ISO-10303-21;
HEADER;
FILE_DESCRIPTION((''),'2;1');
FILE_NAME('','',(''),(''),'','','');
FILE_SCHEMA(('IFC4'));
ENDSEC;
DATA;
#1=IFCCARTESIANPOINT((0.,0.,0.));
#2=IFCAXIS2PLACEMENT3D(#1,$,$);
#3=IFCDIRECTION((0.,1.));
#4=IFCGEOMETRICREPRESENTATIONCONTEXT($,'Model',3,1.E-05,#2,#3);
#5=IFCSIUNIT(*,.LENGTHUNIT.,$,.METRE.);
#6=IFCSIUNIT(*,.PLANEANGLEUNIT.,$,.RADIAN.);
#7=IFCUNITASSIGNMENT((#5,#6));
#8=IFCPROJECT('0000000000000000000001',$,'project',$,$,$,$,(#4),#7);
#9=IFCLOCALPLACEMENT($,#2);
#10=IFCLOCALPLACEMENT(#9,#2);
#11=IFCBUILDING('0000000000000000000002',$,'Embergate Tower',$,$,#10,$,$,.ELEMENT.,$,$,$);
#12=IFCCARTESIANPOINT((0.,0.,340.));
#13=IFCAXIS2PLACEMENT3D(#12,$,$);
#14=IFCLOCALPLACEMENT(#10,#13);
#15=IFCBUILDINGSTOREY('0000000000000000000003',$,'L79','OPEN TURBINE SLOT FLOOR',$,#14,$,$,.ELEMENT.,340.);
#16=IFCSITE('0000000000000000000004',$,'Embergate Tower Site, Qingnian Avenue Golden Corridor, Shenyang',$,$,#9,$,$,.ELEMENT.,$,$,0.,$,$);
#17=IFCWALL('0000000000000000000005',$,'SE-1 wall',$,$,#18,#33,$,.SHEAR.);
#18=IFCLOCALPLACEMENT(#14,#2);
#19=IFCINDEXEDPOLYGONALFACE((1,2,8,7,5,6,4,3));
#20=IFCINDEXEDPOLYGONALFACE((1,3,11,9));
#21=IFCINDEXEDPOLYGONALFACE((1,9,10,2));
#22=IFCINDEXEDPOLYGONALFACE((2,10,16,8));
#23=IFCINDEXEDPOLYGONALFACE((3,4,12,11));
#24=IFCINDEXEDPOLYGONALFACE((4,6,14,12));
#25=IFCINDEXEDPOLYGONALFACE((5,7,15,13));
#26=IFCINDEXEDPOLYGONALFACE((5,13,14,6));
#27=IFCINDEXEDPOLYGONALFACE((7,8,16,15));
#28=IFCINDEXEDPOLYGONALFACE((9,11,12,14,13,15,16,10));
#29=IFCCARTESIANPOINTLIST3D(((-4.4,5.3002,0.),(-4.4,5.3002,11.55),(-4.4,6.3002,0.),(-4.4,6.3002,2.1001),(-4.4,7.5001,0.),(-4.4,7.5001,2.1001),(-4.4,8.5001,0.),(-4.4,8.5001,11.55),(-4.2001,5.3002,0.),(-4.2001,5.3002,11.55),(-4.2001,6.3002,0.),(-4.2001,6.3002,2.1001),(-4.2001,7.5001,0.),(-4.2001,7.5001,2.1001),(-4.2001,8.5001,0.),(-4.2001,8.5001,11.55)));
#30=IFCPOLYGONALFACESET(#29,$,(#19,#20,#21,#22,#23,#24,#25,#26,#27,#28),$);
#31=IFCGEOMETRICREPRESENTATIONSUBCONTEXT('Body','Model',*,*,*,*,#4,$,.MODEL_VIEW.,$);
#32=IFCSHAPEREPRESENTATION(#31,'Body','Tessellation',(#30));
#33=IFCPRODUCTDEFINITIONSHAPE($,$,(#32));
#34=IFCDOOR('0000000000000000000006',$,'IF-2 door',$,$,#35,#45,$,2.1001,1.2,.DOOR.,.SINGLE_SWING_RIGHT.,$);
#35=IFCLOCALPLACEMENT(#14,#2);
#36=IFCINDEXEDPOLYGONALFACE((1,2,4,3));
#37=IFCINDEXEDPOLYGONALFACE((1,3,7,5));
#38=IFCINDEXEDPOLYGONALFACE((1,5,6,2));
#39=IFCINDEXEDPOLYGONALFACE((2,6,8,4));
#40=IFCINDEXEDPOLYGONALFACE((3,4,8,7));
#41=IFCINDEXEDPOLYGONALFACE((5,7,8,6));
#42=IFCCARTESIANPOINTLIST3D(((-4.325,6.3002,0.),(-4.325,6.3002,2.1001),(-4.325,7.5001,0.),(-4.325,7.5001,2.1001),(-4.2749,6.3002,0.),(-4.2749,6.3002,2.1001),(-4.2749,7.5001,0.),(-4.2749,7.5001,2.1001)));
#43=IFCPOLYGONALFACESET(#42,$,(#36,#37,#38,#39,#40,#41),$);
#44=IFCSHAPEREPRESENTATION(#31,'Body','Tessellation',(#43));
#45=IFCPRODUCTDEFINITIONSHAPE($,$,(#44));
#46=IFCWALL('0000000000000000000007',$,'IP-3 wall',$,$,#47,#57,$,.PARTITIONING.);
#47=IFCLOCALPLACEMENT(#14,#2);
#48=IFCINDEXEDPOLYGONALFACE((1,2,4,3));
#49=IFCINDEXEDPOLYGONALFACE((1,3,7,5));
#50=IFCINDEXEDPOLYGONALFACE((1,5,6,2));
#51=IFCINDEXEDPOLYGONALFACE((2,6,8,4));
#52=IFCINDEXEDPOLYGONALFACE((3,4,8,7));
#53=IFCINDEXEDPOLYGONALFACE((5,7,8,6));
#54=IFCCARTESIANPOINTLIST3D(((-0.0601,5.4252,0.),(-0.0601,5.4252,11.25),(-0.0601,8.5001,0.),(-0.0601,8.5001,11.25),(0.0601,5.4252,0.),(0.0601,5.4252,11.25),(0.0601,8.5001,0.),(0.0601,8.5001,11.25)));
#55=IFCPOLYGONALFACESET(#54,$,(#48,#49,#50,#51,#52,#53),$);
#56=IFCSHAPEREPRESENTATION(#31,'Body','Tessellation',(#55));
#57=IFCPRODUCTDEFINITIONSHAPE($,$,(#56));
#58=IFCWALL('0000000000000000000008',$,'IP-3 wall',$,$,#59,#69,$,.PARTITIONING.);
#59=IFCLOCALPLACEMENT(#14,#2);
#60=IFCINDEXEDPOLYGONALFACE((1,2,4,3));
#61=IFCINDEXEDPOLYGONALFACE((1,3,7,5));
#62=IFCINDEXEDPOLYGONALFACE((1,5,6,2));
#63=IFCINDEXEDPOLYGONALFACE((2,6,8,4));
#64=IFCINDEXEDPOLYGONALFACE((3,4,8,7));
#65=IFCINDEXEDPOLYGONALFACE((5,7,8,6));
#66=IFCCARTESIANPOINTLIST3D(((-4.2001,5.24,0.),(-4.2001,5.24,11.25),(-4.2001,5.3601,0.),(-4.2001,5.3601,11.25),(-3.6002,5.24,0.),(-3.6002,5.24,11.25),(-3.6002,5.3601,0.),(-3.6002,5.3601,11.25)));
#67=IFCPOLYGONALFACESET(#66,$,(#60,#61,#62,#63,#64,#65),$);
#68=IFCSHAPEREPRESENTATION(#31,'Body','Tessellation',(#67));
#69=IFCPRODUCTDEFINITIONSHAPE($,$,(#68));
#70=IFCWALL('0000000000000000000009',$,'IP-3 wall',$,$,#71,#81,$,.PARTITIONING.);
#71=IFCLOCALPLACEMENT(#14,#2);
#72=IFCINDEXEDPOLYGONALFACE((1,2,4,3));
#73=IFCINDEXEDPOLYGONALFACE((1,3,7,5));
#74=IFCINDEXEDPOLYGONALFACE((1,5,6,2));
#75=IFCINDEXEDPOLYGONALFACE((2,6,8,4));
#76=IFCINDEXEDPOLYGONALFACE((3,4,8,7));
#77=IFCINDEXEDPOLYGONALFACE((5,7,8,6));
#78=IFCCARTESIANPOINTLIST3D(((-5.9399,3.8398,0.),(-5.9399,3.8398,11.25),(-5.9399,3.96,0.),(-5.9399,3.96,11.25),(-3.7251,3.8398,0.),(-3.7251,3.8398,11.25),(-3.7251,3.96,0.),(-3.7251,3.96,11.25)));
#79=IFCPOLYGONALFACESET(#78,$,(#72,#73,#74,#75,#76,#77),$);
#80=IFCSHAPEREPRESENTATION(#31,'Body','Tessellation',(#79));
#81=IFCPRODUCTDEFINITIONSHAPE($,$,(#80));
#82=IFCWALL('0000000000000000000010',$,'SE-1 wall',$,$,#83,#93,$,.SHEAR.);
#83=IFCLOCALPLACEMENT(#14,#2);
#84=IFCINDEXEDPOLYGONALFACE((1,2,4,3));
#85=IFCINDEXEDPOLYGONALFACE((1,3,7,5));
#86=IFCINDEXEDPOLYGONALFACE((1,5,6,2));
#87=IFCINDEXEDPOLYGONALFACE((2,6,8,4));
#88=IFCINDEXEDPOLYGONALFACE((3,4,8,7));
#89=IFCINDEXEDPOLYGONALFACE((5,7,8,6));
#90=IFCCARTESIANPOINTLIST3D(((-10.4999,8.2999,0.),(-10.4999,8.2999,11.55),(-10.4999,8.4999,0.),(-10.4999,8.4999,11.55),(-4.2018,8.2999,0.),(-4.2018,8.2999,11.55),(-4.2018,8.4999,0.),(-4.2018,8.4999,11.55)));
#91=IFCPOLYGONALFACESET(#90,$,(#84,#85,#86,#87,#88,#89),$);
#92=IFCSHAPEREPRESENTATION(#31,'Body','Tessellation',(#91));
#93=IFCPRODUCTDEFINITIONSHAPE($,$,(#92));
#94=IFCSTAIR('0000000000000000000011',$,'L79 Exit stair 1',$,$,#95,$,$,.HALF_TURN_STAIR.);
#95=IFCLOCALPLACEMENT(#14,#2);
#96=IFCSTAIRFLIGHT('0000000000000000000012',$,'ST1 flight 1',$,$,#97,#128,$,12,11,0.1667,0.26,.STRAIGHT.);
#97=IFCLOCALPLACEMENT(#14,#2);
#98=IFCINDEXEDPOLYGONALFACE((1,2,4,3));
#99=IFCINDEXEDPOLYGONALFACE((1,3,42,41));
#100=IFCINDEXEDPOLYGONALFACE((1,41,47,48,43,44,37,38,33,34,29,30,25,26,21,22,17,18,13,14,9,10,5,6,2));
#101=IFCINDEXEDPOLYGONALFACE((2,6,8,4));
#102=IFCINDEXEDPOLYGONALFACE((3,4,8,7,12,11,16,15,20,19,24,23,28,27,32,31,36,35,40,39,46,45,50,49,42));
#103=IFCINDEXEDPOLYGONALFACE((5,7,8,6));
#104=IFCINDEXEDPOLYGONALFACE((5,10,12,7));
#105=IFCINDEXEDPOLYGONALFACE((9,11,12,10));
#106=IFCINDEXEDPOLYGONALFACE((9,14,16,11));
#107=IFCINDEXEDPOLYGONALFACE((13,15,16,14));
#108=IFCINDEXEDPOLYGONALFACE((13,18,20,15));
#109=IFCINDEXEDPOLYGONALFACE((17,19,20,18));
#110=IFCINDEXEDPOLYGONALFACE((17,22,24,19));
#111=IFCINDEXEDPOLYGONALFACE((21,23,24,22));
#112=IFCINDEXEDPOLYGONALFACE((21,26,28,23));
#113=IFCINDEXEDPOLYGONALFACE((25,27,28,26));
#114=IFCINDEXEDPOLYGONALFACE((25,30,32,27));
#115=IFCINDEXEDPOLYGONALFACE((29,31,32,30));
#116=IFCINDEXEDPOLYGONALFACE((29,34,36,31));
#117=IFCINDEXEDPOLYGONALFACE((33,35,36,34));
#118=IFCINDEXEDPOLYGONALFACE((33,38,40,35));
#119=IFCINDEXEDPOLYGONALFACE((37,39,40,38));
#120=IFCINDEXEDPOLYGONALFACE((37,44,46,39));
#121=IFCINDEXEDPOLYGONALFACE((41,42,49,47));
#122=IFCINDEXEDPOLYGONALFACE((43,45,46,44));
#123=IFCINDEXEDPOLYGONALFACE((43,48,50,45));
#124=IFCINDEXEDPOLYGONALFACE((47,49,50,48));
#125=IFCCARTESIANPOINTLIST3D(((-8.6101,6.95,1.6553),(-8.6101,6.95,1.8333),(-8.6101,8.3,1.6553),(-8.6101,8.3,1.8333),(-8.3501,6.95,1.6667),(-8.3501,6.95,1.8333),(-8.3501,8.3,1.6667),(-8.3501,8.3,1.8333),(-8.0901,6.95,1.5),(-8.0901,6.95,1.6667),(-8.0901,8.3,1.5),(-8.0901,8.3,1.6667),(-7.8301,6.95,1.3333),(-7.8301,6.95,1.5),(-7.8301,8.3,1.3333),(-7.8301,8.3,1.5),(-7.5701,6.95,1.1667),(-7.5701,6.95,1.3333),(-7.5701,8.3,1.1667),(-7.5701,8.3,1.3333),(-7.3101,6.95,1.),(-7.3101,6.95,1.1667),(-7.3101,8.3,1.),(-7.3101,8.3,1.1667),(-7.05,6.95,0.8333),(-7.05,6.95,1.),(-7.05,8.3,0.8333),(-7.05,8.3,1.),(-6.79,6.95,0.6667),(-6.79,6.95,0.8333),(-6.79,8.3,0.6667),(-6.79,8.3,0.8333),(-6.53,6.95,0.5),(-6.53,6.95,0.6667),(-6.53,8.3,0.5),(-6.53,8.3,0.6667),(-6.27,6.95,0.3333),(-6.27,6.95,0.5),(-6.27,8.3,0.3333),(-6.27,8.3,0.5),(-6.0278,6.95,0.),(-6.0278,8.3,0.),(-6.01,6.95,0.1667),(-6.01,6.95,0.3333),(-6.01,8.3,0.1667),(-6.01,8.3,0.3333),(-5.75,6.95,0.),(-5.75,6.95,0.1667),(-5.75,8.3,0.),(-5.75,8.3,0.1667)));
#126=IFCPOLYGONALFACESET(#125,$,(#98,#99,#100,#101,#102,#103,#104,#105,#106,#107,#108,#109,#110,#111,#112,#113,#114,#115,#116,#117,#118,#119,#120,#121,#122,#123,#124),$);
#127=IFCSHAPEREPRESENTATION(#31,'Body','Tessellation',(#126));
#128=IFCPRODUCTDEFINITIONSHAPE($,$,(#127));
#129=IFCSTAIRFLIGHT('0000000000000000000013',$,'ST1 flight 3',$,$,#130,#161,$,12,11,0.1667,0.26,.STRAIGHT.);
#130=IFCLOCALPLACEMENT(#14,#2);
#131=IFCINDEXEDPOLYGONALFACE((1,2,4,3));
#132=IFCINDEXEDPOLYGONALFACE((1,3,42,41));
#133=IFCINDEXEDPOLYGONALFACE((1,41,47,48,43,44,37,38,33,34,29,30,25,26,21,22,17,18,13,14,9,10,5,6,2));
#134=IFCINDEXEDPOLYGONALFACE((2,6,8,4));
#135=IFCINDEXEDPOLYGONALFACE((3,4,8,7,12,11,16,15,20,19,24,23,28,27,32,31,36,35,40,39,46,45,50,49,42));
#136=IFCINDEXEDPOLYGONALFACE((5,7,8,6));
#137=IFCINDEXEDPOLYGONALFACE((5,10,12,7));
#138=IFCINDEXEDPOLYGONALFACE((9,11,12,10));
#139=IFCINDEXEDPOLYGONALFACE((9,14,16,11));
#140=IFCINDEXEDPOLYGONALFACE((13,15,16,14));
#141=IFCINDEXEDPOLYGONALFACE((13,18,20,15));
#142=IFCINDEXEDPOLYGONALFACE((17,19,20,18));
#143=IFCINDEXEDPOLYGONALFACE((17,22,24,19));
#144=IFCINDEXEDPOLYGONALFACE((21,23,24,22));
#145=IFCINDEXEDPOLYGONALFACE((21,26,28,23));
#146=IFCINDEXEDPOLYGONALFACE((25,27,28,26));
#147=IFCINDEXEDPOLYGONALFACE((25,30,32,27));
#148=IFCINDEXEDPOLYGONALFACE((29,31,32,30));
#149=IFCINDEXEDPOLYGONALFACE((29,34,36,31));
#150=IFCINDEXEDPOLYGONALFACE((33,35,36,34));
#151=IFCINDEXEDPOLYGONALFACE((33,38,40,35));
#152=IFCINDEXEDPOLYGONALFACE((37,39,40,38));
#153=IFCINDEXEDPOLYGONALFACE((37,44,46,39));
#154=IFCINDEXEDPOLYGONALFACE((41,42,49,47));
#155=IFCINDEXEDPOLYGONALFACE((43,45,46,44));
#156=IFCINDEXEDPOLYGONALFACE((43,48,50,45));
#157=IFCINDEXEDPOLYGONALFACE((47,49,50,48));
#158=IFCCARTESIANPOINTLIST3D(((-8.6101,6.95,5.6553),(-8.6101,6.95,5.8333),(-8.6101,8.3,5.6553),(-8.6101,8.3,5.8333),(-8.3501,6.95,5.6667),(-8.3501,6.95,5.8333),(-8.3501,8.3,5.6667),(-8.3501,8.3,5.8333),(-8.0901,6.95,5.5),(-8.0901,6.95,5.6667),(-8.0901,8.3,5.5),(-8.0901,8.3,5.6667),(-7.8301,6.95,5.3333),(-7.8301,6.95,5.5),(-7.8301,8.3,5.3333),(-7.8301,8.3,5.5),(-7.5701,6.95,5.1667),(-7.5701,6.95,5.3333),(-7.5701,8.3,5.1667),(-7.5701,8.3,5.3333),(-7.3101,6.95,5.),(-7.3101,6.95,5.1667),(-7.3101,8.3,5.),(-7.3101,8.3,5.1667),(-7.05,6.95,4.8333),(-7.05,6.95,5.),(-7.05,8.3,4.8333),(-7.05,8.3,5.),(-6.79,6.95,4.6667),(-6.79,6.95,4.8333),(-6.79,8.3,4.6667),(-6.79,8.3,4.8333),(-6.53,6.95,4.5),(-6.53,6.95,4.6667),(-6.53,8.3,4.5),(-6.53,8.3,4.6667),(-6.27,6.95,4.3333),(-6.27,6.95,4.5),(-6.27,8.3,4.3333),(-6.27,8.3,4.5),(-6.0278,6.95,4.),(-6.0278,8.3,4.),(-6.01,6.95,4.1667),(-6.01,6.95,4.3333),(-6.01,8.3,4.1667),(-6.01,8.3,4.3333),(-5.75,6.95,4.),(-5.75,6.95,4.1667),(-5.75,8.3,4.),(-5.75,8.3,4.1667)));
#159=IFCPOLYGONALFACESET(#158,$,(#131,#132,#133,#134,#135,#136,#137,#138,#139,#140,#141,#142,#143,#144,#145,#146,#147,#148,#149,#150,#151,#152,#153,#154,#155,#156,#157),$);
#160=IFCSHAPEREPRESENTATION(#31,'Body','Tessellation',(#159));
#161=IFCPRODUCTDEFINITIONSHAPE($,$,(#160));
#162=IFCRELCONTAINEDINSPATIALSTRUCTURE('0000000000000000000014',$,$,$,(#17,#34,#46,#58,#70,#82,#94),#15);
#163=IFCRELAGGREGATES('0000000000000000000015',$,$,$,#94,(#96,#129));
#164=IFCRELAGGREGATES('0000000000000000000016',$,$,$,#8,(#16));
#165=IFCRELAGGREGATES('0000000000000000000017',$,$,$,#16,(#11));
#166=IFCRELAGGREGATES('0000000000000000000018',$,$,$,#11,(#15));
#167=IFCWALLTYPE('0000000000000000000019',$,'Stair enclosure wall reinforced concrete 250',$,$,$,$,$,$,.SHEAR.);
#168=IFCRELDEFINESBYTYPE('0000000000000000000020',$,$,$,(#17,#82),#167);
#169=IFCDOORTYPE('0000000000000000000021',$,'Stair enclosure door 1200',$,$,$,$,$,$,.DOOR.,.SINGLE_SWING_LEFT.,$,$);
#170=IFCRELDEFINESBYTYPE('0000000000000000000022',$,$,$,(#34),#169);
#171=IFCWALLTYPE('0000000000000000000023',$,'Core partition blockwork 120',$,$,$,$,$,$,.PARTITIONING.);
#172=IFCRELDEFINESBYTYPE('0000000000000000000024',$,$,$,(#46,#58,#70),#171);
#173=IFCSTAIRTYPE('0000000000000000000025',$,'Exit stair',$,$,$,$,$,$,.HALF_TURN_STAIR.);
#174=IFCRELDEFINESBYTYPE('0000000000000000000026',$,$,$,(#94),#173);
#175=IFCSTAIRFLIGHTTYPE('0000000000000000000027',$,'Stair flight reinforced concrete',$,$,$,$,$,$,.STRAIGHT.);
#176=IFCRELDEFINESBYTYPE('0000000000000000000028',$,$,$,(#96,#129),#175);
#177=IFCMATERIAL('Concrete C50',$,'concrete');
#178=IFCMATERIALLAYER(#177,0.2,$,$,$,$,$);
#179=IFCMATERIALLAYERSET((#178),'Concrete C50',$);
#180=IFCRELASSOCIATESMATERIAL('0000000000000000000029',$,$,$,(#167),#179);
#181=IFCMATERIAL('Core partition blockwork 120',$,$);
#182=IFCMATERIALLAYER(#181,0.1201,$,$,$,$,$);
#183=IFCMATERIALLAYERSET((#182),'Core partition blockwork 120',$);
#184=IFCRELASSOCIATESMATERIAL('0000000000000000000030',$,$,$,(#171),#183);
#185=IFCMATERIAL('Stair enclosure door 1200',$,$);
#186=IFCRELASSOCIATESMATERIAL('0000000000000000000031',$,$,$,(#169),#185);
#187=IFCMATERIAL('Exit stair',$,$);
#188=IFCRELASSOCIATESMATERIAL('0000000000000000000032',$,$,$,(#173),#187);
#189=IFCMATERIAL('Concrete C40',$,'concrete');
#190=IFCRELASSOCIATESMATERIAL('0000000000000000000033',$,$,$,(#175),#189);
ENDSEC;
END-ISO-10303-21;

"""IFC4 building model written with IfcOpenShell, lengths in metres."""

from ifc_helpers import new_model, si_unit, direction, frame, frame_2d, origin, place, context, subcontext, project, spatial, polyline, rectangle, outline, extrude, source, transform, mapped, material, layer, layer_set, type_object, element, fill, aggregate, save


model = new_model("IFC4")

# Units and contexts
model_context = context("Model", 3, precision=1e-05, world=origin(), true_north=direction((0.0, 1.0)))
body_context = subcontext(model_context, "Body", "Model", "MODEL_VIEW")
ifc_project = project(units=[si_unit("LENGTHUNIT", "METRE"), si_unit("PLANEANGLEUNIT", "RADIAN")], contexts=[model_context])

# Site, building, storey
site_placement = place(None, origin())
site = spatial("IfcSite", under=ifc_project, at=site_placement, Name="Embergate Tower Site, Qingnian Avenue Golden Corridor, Shenyang", CompositionType="ELEMENT", RefElevation=0.0)
building_placement = place(site_placement, origin())
building = spatial("IfcBuilding", under=site, at=building_placement, Name="Embergate Tower", CompositionType="ELEMENT")
storey_placement = place(building_placement, frame((0.0, 0.0, 340.0)))
storey = spatial("IfcBuildingStorey", under=building, at=storey_placement, Name="L79", Description="OPEN TURBINE SLOT FLOOR", CompositionType="ELEMENT", Elevation=340.0)

# Shared definitions
ifc_material_1 = material(Name="Concrete C50", Category="concrete")
ifc_layer_1 = layer(ifc_material_1, 0.2)
ifc_layer_set_1 = layer_set([ifc_layer_1], Name="Concrete C50")
wall_type_1 = type_object("IfcWallType", Name="Stair enclosure wall reinforced concrete 250", PredefinedType="SHEAR", material=ifc_layer_set_1)

# Wall, opening, door
ifc_material_2 = material(Name="Core partition blockwork 120")
ifc_layer_2 = layer(ifc_material_2, 0.1201)
ifc_layer_set_2 = layer_set([ifc_layer_2], Name="Core partition blockwork 120")
wall_type_2 = type_object("IfcWallType", Name="Core partition blockwork 120", PredefinedType="PARTITIONING", material=ifc_layer_set_2)
shared_shape_1 = source(origin(), body_context, "Body", "SweptSolid", [
    extrude(rectangle(XDim=3.2, YDim=0.2, at=frame_2d((1.6001, 0.0))), origin(), (0.0, 0.0, 1.0), 11.55),
])
wall_1_placement = place(storey_placement, frame((-4.3, 5.3, 0.0), z_axis=(0.0, 0.0, 1.0), x_axis=(0.0, 1.0, 0.0)))
wall_1 = element("IfcWall", 1, at=wall_1_placement, inside=storey, type_object=wall_type_1, Name="SE-1 wall", PredefinedType="SHEAR", context=body_context, shape_type="MappedRepresentation", body=[
    mapped(shared_shape_1, transform((0.0, 0.0, 0.0))),
])
shared_shape_2 = source(origin(), body_context, "Body", "SweptSolid", [
    extrude(rectangle(XDim=1.2, YDim=2.1001, at=frame_2d((0.6001, 1.05))), frame((0.0, 0.1099, 0.0), z_axis=(0.0, -1.0, 0.0), x_axis=(1.0, 0.0, 0.0)), (0.0, 0.0, 1.0), 0.22),
])
opening_1_placement = place(wall_1_placement, frame((1.0, 0.0, 0.0)))
opening_1 = element("IfcOpeningElement", 2, at=opening_1_placement, cuts=wall_1, PredefinedType="OPENING", context=body_context, shape_type="MappedRepresentation", body=[
    mapped(shared_shape_2, transform((0.0, 0.0, 0.0))),
])
ifc_material_3 = material(Name="Stair enclosure door 1200")
door_type_1 = type_object("IfcDoorType", Name="Stair enclosure door 1200", OperationType="SINGLE_SWING_LEFT", PredefinedType="DOOR", material=ifc_material_3)
shared_shape_3 = source(origin(), body_context, "Body", "SweptSolid", [
    extrude(rectangle(XDim=1.2, YDim=2.1001, at=frame_2d((0.6001, 1.05))), frame((0.0, 0.0249, 0.0), z_axis=(0.0, -1.0, 0.0), x_axis=(1.0, 0.0, 0.0)), (0.0, 0.0, 1.0), 0.05),
])
door_1_placement = place(opening_1_placement, origin())
door_1 = element("IfcDoor", 3, at=door_1_placement, inside=storey, type_object=door_type_1, Name="IF-2 door", OperationType="SINGLE_SWING_RIGHT", OverallHeight=2.1001, OverallWidth=1.2, PredefinedType="DOOR", context=body_context, shape_type="MappedRepresentation", body=[
    mapped(shared_shape_3, transform((0.0, 0.0, 0.0))),
])
fill(opening_1, door_1)

# Walls
shared_shape_4 = source(origin(), body_context, "Body", "SweptSolid", [
    extrude(rectangle(XDim=3.075, YDim=0.1201, at=frame_2d((1.5376, 0.0))), origin(), (0.0, 0.0, 1.0), 11.25),
])
wall_2_placement = place(storey_placement, frame((0.0, 5.425, 0.0), z_axis=(0.0, 0.0, 1.0), x_axis=(0.0, 1.0, 0.0)))
element("IfcWall", 4, at=wall_2_placement, inside=storey, type_object=wall_type_2, Name="IP-3 wall", PredefinedType="PARTITIONING", context=body_context, shape_type="MappedRepresentation", body=[
    mapped(shared_shape_4, transform((0.0, 0.0, 0.0))),
])
shared_shape_5 = source(origin(), body_context, "Body", "SweptSolid", [
    extrude(rectangle(XDim=0.5999, YDim=0.1201, at=frame_2d((0.2998, 0.0))), origin(), (0.0, 0.0, 1.0), 11.25),
])
wall_3_placement = place(storey_placement, frame((-4.2, 5.3, 0.0), z_axis=(0.0, 0.0, 1.0), x_axis=(1.0, 0.0, 0.0)))
element("IfcWall", 5, at=wall_3_placement, inside=storey, type_object=wall_type_2, Name="IP-3 wall", PredefinedType="PARTITIONING", context=body_context, shape_type="MappedRepresentation", body=[
    mapped(shared_shape_5, transform((0.0, 0.0, 0.0))),
])
shared_shape_6 = source(origin(), body_context, "Body", "SweptSolid", [
    extrude(rectangle(XDim=2.2148, YDim=0.1201, at=frame_2d((1.1074, 0.0))), origin(), (0.0, 0.0, 1.0), 11.25),
])
wall_4_placement = place(storey_placement, frame((-3.7251, 3.8999, 0.0), z_axis=(0.0, 0.0, 1.0), x_axis=(-1.0, 0.0, 0.0)))
element("IfcWall", 6, at=wall_4_placement, inside=storey, type_object=wall_type_2, Name="IP-3 wall", PredefinedType="PARTITIONING", context=body_context, shape_type="MappedRepresentation", body=[
    mapped(shared_shape_6, transform((0.0, 0.0, 0.0))),
])
shared_shape_7 = source(origin(), body_context, "Body", "SweptSolid", [
    extrude(rectangle(XDim=6.2981, YDim=0.2, at=frame_2d((3.1489, 0.0))), origin(), (0.0, 0.0, 1.0), 11.55),
])
wall_5_placement = place(storey_placement, frame((-4.2019, 8.3999, 0.0), z_axis=(0.0, 0.0, 1.0), x_axis=(-1.0, 0.0, 0.0)))
element("IfcWall", 7, at=wall_5_placement, inside=storey, type_object=wall_type_1, Name="SE-1 wall", PredefinedType="SHEAR", context=body_context, shape_type="MappedRepresentation", body=[
    mapped(shared_shape_7, transform((0.0, 0.0, 0.0))),
])

# Stair, stair flights
ifc_material_4 = material(Name="Exit stair")
stair_type = type_object("IfcStairType", Name="Exit stair", PredefinedType="HALF_TURN_STAIR", material=ifc_material_4)
stair_placement = place(storey_placement, origin())
stair = element("IfcStair", 8, at=stair_placement, inside=storey, type_object=stair_type, Name="L79 Exit stair 1", PredefinedType="HALF_TURN_STAIR")
ifc_material_5 = material(Name="Concrete C40", Category="concrete")
stair_flight_type = type_object("IfcStairFlightType", Name="Stair flight reinforced concrete", PredefinedType="STRAIGHT", material=ifc_material_5)
shared_shape_8 = source(origin(), body_context, "Body", "SweptSolid", [
    extrude(outline(polyline([(0.0, 0.0), (0.0, 0.1667), (0.26, 0.1667), (0.26, 0.3333), (0.52, 0.3333), (0.52, 0.5), (0.78, 0.5), (0.78, 0.6667), (1.04, 0.6667), (1.04, 0.8333), (1.3, 0.8333), (1.3, 1.0), (1.5601, 1.0), (1.5601, 1.1667), (1.8201, 1.1667), (1.8201, 1.3333), (2.0801, 1.3333), (2.0801, 1.5), (2.3401, 1.5), (2.3401, 1.6667), (2.6001, 1.6667), (2.6001, 1.8333), (2.8601, 1.8333), (2.8601, 2.0), (2.8601, 1.6553), (0.2778, 0.0), (0.0, 0.0)])), frame((0.0, 0.675, 0.0), z_axis=(0.0, -1.0, 0.0), x_axis=(1.0, 0.0, 0.0)), (0.0, 0.0, 1.0), 1.3501),
])
stair_flight_1_placement = place(storey_placement, frame((-5.75, 7.625, 0.0), z_axis=(0.0, 0.0, 1.0), x_axis=(-1.0, 0.0, 0.0)))
stair_flight_1 = element("IfcStairFlight", 9, at=stair_flight_1_placement, type_object=stair_flight_type, Name="ST1 flight 1", NumberOfRisers=12, NumberOfTreads=11, PredefinedType="STRAIGHT", RiserHeight=0.1667, TreadLength=0.26, context=body_context, shape_type="MappedRepresentation", body=[
    mapped(shared_shape_8, transform((0.0, 0.0, 0.0))),
])
stair_flight_2_placement = place(storey_placement, frame((-5.75, 7.625, 4.0), z_axis=(0.0, 0.0, 1.0), x_axis=(-1.0, 0.0, 0.0)))
stair_flight_2 = element("IfcStairFlight", 10, at=stair_flight_2_placement, type_object=stair_flight_type, Name="ST1 flight 3", NumberOfRisers=12, NumberOfTreads=11, PredefinedType="STRAIGHT", RiserHeight=0.1667, TreadLength=0.26, context=body_context, shape_type="MappedRepresentation", body=[
    mapped(shared_shape_8, transform((0.0, 0.0, 0.0))),
])
aggregate(stair, [stair_flight_1, stair_flight_2])

save(model, "model.ifc")
